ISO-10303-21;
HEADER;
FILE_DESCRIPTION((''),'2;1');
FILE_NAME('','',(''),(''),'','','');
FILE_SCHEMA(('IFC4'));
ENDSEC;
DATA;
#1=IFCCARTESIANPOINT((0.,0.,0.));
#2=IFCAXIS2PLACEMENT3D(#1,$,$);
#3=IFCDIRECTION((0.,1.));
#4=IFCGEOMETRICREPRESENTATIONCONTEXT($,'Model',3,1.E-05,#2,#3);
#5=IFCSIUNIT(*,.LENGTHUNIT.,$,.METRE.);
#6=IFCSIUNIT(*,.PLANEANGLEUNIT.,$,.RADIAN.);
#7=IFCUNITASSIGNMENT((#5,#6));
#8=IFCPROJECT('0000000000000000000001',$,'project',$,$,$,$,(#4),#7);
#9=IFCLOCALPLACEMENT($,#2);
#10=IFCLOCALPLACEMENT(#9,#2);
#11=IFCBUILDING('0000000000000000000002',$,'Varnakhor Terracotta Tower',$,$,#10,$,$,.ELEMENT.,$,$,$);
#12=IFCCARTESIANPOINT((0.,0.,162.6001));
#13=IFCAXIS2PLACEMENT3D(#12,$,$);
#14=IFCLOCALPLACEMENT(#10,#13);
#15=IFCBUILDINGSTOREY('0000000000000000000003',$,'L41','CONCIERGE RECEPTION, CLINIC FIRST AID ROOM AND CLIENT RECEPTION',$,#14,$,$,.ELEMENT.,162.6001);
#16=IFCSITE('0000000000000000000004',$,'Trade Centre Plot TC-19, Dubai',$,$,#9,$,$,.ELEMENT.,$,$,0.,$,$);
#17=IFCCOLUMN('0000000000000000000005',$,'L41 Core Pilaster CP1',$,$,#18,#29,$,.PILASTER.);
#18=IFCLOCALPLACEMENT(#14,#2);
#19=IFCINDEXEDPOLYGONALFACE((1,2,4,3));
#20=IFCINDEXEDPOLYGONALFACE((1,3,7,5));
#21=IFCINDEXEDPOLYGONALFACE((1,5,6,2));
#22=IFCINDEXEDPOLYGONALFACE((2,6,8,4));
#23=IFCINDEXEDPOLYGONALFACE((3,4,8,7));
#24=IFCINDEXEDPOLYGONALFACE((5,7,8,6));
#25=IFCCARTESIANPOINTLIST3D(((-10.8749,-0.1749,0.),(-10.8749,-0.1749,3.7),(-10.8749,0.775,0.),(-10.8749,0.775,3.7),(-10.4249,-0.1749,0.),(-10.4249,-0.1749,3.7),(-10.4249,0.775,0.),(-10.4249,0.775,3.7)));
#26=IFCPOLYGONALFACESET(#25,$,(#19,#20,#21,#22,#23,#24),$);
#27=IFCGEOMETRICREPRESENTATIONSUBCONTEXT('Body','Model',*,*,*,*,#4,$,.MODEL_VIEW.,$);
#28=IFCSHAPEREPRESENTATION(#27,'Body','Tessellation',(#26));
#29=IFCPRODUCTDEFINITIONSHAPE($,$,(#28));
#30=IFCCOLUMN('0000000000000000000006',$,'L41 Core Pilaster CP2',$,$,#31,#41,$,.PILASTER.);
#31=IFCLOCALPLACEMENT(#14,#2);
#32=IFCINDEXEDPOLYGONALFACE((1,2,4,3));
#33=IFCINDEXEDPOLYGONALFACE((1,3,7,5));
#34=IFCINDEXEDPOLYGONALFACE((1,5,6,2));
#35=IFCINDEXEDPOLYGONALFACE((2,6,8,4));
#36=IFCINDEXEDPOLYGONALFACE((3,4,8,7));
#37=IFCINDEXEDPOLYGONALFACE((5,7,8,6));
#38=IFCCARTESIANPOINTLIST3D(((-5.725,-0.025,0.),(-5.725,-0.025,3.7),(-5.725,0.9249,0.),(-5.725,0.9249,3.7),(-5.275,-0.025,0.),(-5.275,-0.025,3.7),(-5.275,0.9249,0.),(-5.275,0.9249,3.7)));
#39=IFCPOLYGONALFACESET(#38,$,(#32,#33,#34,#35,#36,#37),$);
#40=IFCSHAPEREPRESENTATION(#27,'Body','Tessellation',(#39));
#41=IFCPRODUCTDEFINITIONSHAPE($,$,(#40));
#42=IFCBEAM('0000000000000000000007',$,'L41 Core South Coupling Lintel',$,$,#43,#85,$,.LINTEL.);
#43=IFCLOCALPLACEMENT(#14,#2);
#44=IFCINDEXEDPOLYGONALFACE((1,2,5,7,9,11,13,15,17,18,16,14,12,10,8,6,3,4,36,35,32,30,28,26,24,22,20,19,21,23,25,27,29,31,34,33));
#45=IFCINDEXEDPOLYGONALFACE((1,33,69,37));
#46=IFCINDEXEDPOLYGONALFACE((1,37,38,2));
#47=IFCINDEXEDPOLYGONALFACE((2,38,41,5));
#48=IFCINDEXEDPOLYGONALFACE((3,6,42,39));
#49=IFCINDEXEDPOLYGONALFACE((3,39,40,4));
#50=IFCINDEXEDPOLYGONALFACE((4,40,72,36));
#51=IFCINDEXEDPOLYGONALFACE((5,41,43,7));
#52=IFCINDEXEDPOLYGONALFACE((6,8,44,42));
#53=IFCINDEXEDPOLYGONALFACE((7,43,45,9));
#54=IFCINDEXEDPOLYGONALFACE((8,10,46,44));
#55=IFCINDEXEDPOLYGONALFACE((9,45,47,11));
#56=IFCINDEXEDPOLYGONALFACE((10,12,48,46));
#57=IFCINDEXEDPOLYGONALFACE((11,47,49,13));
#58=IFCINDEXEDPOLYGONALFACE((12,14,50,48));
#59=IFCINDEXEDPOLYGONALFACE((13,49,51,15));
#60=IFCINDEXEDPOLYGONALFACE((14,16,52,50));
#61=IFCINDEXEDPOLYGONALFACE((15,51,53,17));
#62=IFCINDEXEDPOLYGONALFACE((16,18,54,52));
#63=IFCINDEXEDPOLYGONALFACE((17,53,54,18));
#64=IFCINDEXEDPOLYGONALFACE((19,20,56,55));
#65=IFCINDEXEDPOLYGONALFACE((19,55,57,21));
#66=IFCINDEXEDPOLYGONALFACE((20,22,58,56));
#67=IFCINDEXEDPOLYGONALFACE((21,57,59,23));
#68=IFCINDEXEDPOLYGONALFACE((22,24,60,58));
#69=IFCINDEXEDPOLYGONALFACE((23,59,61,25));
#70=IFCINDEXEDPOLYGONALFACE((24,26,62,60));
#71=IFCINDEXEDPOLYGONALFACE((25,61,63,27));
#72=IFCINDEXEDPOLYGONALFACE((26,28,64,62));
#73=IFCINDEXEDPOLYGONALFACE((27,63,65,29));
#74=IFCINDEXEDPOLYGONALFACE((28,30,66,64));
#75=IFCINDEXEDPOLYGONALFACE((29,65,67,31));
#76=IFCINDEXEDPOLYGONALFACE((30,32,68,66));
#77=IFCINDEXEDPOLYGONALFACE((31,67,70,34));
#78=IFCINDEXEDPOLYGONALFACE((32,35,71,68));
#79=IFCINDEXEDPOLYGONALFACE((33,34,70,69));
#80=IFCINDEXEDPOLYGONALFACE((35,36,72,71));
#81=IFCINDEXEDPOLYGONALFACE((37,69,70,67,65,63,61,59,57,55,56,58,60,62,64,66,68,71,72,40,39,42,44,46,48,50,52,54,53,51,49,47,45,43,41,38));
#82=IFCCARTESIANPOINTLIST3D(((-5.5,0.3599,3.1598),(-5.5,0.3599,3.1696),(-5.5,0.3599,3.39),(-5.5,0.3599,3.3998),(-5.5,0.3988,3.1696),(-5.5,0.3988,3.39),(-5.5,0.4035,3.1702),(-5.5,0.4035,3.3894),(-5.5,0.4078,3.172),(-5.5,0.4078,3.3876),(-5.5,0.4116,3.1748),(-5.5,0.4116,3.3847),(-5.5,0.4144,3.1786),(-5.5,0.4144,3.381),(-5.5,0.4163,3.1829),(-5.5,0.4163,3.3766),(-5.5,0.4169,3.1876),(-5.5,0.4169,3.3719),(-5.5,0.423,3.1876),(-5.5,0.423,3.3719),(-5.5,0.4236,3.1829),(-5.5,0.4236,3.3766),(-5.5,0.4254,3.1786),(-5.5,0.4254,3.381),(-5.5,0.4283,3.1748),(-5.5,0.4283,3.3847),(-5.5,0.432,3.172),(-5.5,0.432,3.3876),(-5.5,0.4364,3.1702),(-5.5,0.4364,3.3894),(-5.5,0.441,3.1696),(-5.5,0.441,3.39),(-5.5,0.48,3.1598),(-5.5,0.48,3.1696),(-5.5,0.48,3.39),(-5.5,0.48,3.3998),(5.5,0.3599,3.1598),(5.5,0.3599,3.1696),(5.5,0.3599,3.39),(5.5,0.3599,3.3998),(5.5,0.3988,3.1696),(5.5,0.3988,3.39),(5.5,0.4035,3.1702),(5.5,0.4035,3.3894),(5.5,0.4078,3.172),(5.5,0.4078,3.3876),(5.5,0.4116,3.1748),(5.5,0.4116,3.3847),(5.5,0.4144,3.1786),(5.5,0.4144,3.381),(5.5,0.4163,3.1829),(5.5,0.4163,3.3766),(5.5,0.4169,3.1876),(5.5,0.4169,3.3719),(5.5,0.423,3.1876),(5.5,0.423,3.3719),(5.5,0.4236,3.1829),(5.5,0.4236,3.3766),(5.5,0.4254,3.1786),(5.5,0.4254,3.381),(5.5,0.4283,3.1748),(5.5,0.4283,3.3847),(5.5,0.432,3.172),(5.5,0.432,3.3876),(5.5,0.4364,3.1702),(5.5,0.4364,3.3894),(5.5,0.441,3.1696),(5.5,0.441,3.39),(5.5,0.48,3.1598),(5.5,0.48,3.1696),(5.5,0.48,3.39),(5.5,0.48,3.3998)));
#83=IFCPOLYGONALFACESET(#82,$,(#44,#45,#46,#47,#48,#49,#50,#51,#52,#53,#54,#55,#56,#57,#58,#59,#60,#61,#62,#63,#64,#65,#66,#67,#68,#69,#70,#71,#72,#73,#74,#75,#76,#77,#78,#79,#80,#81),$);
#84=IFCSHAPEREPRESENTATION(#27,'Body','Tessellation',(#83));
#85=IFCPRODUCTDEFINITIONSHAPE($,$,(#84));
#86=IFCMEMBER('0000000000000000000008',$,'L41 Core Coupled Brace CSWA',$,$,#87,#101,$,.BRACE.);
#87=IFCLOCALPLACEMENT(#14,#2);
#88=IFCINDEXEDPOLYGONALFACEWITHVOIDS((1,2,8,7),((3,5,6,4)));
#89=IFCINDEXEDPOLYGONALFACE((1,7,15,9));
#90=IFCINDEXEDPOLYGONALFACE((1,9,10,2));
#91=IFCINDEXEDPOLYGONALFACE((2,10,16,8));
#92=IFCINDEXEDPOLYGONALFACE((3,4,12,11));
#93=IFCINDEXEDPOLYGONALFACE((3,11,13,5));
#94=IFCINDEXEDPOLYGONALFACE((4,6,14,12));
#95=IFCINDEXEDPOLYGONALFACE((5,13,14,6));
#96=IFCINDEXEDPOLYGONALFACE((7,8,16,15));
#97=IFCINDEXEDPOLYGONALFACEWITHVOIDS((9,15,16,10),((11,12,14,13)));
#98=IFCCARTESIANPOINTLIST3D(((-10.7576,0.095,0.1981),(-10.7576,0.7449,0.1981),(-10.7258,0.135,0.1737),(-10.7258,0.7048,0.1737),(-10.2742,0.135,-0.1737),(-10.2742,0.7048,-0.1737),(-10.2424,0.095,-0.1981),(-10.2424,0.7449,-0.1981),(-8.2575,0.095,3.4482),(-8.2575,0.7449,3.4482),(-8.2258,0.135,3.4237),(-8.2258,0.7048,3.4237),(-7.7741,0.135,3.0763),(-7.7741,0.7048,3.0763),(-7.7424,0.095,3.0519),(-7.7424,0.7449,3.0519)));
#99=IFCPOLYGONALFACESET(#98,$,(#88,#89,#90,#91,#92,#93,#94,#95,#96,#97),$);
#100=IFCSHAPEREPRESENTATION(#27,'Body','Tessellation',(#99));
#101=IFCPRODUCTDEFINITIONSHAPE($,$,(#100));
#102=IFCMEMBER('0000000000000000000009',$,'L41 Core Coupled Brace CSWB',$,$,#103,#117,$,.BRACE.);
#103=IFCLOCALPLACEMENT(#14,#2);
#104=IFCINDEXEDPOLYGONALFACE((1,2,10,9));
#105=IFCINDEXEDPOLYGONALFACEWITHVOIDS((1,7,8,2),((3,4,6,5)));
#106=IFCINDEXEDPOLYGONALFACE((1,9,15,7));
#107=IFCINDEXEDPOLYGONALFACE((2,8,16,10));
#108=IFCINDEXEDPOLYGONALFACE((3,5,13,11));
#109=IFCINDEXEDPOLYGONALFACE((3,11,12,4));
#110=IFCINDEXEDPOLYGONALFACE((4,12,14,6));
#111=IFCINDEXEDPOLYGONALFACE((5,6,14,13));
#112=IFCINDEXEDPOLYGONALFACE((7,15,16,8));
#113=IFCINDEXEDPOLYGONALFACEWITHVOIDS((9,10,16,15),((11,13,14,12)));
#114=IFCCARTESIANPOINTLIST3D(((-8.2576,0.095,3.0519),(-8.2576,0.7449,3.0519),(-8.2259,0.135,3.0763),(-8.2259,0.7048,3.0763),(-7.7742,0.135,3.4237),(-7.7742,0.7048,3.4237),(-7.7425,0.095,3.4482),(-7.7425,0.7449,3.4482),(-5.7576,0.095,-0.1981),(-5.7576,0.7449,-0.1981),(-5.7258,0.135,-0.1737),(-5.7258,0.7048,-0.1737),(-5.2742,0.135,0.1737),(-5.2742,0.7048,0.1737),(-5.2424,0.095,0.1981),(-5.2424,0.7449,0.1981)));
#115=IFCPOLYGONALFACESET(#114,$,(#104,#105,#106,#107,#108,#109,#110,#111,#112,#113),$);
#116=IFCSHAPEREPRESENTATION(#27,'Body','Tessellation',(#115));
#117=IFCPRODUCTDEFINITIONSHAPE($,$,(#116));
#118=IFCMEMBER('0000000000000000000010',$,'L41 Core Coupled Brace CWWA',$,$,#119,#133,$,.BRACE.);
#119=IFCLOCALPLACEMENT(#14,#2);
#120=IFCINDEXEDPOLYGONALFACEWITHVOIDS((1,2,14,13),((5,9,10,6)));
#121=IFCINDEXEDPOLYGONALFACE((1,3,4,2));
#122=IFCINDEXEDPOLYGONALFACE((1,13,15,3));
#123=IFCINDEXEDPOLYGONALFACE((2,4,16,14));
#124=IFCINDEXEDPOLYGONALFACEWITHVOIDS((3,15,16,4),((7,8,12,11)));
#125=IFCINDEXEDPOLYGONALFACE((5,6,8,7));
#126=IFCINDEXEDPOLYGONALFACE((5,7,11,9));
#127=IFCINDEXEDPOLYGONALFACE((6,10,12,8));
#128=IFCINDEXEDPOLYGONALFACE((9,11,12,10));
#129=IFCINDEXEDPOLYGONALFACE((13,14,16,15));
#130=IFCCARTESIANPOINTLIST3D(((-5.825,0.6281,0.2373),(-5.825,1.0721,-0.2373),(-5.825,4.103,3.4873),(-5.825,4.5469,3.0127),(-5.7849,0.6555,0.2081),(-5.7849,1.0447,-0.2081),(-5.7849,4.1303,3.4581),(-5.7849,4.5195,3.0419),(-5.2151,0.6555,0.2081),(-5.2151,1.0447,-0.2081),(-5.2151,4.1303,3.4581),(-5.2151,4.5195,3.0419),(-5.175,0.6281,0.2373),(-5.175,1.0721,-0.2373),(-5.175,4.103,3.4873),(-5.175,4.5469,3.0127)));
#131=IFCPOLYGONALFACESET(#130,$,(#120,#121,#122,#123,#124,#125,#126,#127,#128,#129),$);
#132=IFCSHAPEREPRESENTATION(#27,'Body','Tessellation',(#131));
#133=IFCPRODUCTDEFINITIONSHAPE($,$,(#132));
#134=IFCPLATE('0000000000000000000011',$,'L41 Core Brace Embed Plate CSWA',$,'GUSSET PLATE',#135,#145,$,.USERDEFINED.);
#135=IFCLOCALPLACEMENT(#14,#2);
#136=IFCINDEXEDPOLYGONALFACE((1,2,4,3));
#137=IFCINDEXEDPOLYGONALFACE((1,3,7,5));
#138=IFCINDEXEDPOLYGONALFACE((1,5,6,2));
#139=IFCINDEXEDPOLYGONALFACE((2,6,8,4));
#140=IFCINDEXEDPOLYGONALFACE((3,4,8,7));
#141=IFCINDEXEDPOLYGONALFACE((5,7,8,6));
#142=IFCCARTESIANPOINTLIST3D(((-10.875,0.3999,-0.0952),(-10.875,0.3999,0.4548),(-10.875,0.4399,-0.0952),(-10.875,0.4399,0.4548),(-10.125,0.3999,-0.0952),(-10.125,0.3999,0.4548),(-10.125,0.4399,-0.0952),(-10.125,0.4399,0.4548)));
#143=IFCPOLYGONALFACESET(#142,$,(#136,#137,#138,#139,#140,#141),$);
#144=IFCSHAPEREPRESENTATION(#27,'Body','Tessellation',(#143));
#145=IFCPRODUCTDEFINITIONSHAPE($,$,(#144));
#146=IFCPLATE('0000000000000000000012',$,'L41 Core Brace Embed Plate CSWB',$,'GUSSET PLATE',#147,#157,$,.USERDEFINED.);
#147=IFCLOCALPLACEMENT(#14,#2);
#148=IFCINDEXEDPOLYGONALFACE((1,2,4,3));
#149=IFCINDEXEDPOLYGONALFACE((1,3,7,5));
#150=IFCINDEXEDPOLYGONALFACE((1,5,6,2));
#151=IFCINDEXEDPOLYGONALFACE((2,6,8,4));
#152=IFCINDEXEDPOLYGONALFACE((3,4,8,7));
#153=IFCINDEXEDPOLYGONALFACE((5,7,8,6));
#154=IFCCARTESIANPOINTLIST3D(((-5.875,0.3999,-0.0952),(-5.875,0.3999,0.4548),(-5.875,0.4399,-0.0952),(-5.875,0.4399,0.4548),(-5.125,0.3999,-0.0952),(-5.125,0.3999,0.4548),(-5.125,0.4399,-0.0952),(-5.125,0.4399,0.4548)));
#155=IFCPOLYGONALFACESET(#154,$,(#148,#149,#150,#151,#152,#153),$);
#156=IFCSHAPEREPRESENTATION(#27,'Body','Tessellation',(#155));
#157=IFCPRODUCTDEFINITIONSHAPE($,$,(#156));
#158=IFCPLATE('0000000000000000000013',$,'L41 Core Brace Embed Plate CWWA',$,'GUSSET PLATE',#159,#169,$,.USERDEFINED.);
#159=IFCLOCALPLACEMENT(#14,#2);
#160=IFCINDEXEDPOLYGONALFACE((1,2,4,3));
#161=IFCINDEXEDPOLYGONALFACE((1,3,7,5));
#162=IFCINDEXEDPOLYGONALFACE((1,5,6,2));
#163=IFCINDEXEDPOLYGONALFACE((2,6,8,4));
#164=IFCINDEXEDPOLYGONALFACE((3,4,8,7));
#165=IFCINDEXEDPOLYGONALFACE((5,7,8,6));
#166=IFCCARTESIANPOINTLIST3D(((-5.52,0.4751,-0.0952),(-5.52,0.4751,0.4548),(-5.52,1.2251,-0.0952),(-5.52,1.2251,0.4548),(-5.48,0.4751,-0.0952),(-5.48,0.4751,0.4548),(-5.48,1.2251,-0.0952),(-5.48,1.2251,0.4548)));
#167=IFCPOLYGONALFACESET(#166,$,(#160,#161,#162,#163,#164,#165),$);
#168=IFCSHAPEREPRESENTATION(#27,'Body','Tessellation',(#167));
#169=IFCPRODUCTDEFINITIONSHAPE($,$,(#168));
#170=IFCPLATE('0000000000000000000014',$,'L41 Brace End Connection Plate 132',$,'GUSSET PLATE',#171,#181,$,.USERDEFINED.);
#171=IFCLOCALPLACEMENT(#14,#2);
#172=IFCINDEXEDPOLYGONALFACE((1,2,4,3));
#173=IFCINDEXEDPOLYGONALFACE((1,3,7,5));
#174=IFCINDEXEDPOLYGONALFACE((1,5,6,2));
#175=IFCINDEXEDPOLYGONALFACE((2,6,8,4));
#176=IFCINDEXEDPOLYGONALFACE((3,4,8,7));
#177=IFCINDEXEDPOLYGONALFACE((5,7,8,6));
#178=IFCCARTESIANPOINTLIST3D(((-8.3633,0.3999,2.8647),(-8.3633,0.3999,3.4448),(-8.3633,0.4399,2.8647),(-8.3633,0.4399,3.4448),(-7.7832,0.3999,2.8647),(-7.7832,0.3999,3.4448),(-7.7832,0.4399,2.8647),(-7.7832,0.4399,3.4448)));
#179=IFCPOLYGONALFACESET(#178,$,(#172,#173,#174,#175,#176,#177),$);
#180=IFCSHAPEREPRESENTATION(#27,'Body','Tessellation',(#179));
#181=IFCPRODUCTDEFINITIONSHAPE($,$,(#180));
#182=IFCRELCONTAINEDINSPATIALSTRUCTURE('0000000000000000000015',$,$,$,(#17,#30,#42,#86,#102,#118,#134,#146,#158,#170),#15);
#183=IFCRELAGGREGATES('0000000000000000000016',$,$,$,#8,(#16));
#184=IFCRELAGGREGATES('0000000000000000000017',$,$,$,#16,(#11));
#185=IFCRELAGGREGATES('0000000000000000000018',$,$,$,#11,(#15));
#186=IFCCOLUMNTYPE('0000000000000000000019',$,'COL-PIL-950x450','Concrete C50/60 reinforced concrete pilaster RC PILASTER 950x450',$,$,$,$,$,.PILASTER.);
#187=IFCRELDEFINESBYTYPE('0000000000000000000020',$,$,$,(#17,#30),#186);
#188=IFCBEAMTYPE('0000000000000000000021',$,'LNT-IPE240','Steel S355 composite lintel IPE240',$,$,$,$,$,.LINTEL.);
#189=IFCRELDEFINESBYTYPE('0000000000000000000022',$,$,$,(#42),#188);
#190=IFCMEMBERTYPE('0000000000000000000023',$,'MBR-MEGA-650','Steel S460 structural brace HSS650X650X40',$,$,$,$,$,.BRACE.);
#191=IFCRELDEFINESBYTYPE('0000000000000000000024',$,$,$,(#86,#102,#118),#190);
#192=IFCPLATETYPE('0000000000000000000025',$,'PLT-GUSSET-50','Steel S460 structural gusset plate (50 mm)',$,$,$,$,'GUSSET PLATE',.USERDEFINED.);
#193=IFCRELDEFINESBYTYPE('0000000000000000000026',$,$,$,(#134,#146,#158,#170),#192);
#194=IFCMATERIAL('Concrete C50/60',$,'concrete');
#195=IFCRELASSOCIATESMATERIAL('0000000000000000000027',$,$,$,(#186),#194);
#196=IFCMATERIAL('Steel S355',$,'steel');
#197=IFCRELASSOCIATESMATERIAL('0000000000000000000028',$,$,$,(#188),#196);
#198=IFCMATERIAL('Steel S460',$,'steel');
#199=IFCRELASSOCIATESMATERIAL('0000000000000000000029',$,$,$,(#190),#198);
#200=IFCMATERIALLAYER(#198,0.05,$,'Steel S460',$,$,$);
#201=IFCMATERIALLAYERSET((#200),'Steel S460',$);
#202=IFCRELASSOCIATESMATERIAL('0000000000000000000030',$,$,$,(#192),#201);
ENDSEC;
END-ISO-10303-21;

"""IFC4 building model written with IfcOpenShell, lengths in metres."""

from ifc_helpers import new_model, si_unit, direction, frame, origin, origin_2d, place, context, subcontext, project, spatial, rectangle, hollow_rectangle, i_section, extrude, source, transform, mapped, material, layer, layer_set, material_profile, profile_set, type_object, type_shapes, element, save


model = new_model("IFC4")

# Units and contexts
model_context = context("Model", 3, precision=1e-05, world=origin(), true_north=direction((0.0, 1.0)))
body_context = subcontext(model_context, "Body", "Model", "MODEL_VIEW")
ifc_project = project(units=[si_unit("LENGTHUNIT", "METRE"), si_unit("PLANEANGLEUNIT", "RADIAN")], contexts=[model_context])

# Site, building, storey
site_placement = place(None, origin())
site = spatial("IfcSite", under=ifc_project, at=site_placement, Name="Trade Centre Plot TC-19, Dubai", CompositionType="ELEMENT", RefElevation=0.0)
building_placement = place(site_placement, origin())
building = spatial("IfcBuilding", under=site, at=building_placement, Name="Varnakhor Terracotta Tower", CompositionType="ELEMENT")
storey_placement = place(building_placement, frame((0.0, 0.0, 162.6001)))
storey = spatial("IfcBuildingStorey", under=building, at=storey_placement, Name="L41", Description="CONCIERGE RECEPTION, CLINIC FIRST AID ROOM AND CLIENT RECEPTION", CompositionType="ELEMENT", Elevation=162.6001)

# Columns
ifc_material_1 = material(Name="Concrete C50/60", Category="concrete")
ifc_material_profile_1 = material_profile(ifc_material_1, rectangle(XDim=0.45, YDim=0.95, at=origin_2d()), Name="RC PILASTER 950x450")
ifc_profile_set_1 = profile_set([ifc_material_profile_1], Name="Concrete C50/60")
column_type = type_object("IfcColumnType", Name="COL-PIL-950x450", Description="Concrete C50/60 reinforced concrete pilaster RC PILASTER 950x450", PredefinedType="PILASTER", material=ifc_profile_set_1)
shared_shape_1 = source(origin(), body_context, "Body", "SweptSolid", [
    extrude(rectangle(XDim=0.45, YDim=0.95, at=origin_2d()), origin(), (0.0, 0.0, 1.0), 3.7),
])
for number, where, z_axis, x_axis, name in (
    (1, (-10.6499, 0.3, 0.0), (0.0, 0.0, 1.0), (1.0, 0.0, 0.0), "L41 Core Pilaster CP1"),
    (2, (-5.5, 0.45, 0.0), (0.0, 0.0, 1.0), (1.0, 0.0, 0.0), "L41 Core Pilaster CP2"),
):
    element("IfcColumn", number, at=place(storey_placement, frame(where, z_axis=z_axis, x_axis=x_axis)), inside=storey, type_object=column_type, Name=name, PredefinedType="PILASTER", context=body_context, shape_type="MappedRepresentation", body=[
        mapped(shared_shape_1, transform((0.0, 0.0, 0.0), scale=1.0)),
    ])

# Beam
ifc_material_2 = material(Name="Steel S355", Category="steel")
ifc_material_profile_2 = material_profile(ifc_material_2, i_section(OverallWidth=0.1201, OverallDepth=0.24, WebThickness=0.0061, FlangeThickness=0.0098, FilletRadius=0.0181, at=origin_2d()), Name="IPE240")
ifc_profile_set_2 = profile_set([ifc_material_profile_2], Name="Steel S355")
beam_type = type_object("IfcBeamType", Name="LNT-IPE240", Description="Steel S355 composite lintel IPE240", PredefinedType="LINTEL", material=ifc_profile_set_2)
shared_shape_2 = source(origin(), body_context, "Body", "SweptSolid", [
    extrude(i_section(OverallWidth=0.1201, OverallDepth=0.24, WebThickness=0.0061, FlangeThickness=0.0098, FilletRadius=0.0181, at=origin_2d()), origin(), (0.0, 0.0, 1.0), 11.0),
])
type_shapes(beam_type, [shared_shape_2])
beam_placement = place(storey_placement, frame((-5.5, 0.4199, 3.2798), z_axis=(1.0, 0.0, 0.0), x_axis=(0.0, 1.0, 0.0)))
element("IfcBeam", 3, at=beam_placement, inside=storey, type_object=beam_type, Name="L41 Core South Coupling Lintel", PredefinedType="LINTEL", context=body_context, shape_type="MappedRepresentation", body=[
    mapped(shared_shape_2, transform((0.0, 0.0, 0.0), scale=1.0)),
])

# Members
ifc_material_3 = material(Name="Steel S460", Category="steel")
ifc_material_profile_3 = material_profile(ifc_material_3, hollow_rectangle(XDim=0.6499, YDim=0.6499, WallThickness=0.04, at=origin_2d()), Name="HSS650X650X40")
ifc_profile_set_3 = profile_set([ifc_material_profile_3], Name="Steel S460")
member_type = type_object("IfcMemberType", Name="MBR-MEGA-650", Description="Steel S460 structural brace HSS650X650X40", PredefinedType="BRACE", material=ifc_profile_set_3)
shared_shape_3 = source(origin(), body_context, "Body", "SweptSolid", [
    extrude(hollow_rectangle(XDim=0.6499, YDim=0.6499, WallThickness=0.04, at=origin_2d()), origin(), (0.0, 0.0, 1.0), 4.1003),
])
for number, where, z_axis, x_axis, name in (
    (4, (-10.5, 0.4199, 0.0), (0.609711, 0.0, 0.792624), (0.0, 1.0, 0.0), "L41 Core Coupled Brace CSWA"),
    (5, (-5.5, 0.4199, 0.0), (-0.609711, 0.0, 0.792624), (0.0, -1.0, 0.0), "L41 Core Coupled Brace CSWB"),
):
    element("IfcMember", number, at=place(storey_placement, frame(where, z_axis=z_axis, x_axis=x_axis)), inside=storey, type_object=member_type, Name=name, PredefinedType="BRACE", context=body_context, shape_type="MappedRepresentation", body=[
        mapped(shared_shape_3, transform((0.0, 0.0, 0.0), scale=1.0)),
    ])
shared_shape_4 = source(origin(), body_context, "Body", "SweptSolid", [
    extrude(hollow_rectangle(XDim=0.6499, YDim=0.6499, WallThickness=0.04, at=origin_2d()), origin(), (0.0, 0.0, 1.0), 4.7578),
])
member_placement = place(storey_placement, frame((-5.5, 0.8501, 0.0), z_axis=(0.0, 0.730342, 0.683082), x_axis=(-1.0, 0.0, 0.0)))
element("IfcMember", 6, at=member_placement, inside=storey, type_object=member_type, Name="L41 Core Coupled Brace CWWA", PredefinedType="BRACE", context=body_context, shape_type="MappedRepresentation", body=[
    mapped(shared_shape_4, transform((0.0, 0.0, 0.0), scale=1.0)),
])

# Plates
ifc_layer_1 = layer(ifc_material_3, 0.05, Name="Steel S460")
ifc_layer_set_1 = layer_set([ifc_layer_1], Name="Steel S460")
plate_type = type_object("IfcPlateType", Name="PLT-GUSSET-50", Description="Steel S460 structural gusset plate (50 mm)", ElementType="GUSSET PLATE", PredefinedType="USERDEFINED", material=ifc_layer_set_1)
shared_shape_5 = source(origin(), body_context, "Body", "SweptSolid", [
    extrude(rectangle(XDim=0.75, YDim=0.04, at=origin_2d()), origin(), (0.0, 0.0, 1.0), 0.55),
])
type_shapes(plate_type, [shared_shape_5])
for number, where, z_axis, x_axis, name in (
    (7, (-10.5, 0.4199, -0.0952), (0.0, 0.0, 1.0), (1.0, 0.0, 0.0), "L41 Core Brace Embed Plate CSWA"),
    (8, (-5.5, 0.4199, -0.0952), (0.0, 0.0, 1.0), (1.0, 0.0, 0.0), "L41 Core Brace Embed Plate CSWB"),
    (9, (-5.5, 0.8501, -0.0952), (0.0, 0.0, 1.0), (0.0, 1.0, 0.0), "L41 Core Brace Embed Plate CWWA"),
):
    element("IfcPlate", number, at=place(storey_placement, frame(where, z_axis=z_axis, x_axis=x_axis)), inside=storey, type_object=plate_type, Name=name, ObjectType="GUSSET PLATE", PredefinedType="USERDEFINED", context=body_context, shape_type="MappedRepresentation", body=[
        mapped(shared_shape_5, transform((0.0, 0.0, 0.0), scale=1.0)),
    ])
shared_shape_6 = source(origin(), body_context, "Body", "SweptSolid", [
    extrude(rectangle(XDim=0.5801, YDim=0.04, at=origin_2d()), origin(), (0.0, 0.0, 1.0), 0.5801),
])
plate_placement = place(storey_placement, frame((-8.0732, 0.4199, 2.8647), z_axis=(0.0, 0.0, 1.0), x_axis=(1.0, 0.0, 0.0)))
element("IfcPlate", 10, at=plate_placement, inside=storey, type_object=plate_type, Name="L41 Brace End Connection Plate 132", ObjectType="GUSSET PLATE", PredefinedType="USERDEFINED", context=body_context, shape_type="MappedRepresentation", body=[
    mapped(shared_shape_6, transform((0.0, 0.0, 0.0), scale=1.0)),
])

save(model, "model.ifc")
